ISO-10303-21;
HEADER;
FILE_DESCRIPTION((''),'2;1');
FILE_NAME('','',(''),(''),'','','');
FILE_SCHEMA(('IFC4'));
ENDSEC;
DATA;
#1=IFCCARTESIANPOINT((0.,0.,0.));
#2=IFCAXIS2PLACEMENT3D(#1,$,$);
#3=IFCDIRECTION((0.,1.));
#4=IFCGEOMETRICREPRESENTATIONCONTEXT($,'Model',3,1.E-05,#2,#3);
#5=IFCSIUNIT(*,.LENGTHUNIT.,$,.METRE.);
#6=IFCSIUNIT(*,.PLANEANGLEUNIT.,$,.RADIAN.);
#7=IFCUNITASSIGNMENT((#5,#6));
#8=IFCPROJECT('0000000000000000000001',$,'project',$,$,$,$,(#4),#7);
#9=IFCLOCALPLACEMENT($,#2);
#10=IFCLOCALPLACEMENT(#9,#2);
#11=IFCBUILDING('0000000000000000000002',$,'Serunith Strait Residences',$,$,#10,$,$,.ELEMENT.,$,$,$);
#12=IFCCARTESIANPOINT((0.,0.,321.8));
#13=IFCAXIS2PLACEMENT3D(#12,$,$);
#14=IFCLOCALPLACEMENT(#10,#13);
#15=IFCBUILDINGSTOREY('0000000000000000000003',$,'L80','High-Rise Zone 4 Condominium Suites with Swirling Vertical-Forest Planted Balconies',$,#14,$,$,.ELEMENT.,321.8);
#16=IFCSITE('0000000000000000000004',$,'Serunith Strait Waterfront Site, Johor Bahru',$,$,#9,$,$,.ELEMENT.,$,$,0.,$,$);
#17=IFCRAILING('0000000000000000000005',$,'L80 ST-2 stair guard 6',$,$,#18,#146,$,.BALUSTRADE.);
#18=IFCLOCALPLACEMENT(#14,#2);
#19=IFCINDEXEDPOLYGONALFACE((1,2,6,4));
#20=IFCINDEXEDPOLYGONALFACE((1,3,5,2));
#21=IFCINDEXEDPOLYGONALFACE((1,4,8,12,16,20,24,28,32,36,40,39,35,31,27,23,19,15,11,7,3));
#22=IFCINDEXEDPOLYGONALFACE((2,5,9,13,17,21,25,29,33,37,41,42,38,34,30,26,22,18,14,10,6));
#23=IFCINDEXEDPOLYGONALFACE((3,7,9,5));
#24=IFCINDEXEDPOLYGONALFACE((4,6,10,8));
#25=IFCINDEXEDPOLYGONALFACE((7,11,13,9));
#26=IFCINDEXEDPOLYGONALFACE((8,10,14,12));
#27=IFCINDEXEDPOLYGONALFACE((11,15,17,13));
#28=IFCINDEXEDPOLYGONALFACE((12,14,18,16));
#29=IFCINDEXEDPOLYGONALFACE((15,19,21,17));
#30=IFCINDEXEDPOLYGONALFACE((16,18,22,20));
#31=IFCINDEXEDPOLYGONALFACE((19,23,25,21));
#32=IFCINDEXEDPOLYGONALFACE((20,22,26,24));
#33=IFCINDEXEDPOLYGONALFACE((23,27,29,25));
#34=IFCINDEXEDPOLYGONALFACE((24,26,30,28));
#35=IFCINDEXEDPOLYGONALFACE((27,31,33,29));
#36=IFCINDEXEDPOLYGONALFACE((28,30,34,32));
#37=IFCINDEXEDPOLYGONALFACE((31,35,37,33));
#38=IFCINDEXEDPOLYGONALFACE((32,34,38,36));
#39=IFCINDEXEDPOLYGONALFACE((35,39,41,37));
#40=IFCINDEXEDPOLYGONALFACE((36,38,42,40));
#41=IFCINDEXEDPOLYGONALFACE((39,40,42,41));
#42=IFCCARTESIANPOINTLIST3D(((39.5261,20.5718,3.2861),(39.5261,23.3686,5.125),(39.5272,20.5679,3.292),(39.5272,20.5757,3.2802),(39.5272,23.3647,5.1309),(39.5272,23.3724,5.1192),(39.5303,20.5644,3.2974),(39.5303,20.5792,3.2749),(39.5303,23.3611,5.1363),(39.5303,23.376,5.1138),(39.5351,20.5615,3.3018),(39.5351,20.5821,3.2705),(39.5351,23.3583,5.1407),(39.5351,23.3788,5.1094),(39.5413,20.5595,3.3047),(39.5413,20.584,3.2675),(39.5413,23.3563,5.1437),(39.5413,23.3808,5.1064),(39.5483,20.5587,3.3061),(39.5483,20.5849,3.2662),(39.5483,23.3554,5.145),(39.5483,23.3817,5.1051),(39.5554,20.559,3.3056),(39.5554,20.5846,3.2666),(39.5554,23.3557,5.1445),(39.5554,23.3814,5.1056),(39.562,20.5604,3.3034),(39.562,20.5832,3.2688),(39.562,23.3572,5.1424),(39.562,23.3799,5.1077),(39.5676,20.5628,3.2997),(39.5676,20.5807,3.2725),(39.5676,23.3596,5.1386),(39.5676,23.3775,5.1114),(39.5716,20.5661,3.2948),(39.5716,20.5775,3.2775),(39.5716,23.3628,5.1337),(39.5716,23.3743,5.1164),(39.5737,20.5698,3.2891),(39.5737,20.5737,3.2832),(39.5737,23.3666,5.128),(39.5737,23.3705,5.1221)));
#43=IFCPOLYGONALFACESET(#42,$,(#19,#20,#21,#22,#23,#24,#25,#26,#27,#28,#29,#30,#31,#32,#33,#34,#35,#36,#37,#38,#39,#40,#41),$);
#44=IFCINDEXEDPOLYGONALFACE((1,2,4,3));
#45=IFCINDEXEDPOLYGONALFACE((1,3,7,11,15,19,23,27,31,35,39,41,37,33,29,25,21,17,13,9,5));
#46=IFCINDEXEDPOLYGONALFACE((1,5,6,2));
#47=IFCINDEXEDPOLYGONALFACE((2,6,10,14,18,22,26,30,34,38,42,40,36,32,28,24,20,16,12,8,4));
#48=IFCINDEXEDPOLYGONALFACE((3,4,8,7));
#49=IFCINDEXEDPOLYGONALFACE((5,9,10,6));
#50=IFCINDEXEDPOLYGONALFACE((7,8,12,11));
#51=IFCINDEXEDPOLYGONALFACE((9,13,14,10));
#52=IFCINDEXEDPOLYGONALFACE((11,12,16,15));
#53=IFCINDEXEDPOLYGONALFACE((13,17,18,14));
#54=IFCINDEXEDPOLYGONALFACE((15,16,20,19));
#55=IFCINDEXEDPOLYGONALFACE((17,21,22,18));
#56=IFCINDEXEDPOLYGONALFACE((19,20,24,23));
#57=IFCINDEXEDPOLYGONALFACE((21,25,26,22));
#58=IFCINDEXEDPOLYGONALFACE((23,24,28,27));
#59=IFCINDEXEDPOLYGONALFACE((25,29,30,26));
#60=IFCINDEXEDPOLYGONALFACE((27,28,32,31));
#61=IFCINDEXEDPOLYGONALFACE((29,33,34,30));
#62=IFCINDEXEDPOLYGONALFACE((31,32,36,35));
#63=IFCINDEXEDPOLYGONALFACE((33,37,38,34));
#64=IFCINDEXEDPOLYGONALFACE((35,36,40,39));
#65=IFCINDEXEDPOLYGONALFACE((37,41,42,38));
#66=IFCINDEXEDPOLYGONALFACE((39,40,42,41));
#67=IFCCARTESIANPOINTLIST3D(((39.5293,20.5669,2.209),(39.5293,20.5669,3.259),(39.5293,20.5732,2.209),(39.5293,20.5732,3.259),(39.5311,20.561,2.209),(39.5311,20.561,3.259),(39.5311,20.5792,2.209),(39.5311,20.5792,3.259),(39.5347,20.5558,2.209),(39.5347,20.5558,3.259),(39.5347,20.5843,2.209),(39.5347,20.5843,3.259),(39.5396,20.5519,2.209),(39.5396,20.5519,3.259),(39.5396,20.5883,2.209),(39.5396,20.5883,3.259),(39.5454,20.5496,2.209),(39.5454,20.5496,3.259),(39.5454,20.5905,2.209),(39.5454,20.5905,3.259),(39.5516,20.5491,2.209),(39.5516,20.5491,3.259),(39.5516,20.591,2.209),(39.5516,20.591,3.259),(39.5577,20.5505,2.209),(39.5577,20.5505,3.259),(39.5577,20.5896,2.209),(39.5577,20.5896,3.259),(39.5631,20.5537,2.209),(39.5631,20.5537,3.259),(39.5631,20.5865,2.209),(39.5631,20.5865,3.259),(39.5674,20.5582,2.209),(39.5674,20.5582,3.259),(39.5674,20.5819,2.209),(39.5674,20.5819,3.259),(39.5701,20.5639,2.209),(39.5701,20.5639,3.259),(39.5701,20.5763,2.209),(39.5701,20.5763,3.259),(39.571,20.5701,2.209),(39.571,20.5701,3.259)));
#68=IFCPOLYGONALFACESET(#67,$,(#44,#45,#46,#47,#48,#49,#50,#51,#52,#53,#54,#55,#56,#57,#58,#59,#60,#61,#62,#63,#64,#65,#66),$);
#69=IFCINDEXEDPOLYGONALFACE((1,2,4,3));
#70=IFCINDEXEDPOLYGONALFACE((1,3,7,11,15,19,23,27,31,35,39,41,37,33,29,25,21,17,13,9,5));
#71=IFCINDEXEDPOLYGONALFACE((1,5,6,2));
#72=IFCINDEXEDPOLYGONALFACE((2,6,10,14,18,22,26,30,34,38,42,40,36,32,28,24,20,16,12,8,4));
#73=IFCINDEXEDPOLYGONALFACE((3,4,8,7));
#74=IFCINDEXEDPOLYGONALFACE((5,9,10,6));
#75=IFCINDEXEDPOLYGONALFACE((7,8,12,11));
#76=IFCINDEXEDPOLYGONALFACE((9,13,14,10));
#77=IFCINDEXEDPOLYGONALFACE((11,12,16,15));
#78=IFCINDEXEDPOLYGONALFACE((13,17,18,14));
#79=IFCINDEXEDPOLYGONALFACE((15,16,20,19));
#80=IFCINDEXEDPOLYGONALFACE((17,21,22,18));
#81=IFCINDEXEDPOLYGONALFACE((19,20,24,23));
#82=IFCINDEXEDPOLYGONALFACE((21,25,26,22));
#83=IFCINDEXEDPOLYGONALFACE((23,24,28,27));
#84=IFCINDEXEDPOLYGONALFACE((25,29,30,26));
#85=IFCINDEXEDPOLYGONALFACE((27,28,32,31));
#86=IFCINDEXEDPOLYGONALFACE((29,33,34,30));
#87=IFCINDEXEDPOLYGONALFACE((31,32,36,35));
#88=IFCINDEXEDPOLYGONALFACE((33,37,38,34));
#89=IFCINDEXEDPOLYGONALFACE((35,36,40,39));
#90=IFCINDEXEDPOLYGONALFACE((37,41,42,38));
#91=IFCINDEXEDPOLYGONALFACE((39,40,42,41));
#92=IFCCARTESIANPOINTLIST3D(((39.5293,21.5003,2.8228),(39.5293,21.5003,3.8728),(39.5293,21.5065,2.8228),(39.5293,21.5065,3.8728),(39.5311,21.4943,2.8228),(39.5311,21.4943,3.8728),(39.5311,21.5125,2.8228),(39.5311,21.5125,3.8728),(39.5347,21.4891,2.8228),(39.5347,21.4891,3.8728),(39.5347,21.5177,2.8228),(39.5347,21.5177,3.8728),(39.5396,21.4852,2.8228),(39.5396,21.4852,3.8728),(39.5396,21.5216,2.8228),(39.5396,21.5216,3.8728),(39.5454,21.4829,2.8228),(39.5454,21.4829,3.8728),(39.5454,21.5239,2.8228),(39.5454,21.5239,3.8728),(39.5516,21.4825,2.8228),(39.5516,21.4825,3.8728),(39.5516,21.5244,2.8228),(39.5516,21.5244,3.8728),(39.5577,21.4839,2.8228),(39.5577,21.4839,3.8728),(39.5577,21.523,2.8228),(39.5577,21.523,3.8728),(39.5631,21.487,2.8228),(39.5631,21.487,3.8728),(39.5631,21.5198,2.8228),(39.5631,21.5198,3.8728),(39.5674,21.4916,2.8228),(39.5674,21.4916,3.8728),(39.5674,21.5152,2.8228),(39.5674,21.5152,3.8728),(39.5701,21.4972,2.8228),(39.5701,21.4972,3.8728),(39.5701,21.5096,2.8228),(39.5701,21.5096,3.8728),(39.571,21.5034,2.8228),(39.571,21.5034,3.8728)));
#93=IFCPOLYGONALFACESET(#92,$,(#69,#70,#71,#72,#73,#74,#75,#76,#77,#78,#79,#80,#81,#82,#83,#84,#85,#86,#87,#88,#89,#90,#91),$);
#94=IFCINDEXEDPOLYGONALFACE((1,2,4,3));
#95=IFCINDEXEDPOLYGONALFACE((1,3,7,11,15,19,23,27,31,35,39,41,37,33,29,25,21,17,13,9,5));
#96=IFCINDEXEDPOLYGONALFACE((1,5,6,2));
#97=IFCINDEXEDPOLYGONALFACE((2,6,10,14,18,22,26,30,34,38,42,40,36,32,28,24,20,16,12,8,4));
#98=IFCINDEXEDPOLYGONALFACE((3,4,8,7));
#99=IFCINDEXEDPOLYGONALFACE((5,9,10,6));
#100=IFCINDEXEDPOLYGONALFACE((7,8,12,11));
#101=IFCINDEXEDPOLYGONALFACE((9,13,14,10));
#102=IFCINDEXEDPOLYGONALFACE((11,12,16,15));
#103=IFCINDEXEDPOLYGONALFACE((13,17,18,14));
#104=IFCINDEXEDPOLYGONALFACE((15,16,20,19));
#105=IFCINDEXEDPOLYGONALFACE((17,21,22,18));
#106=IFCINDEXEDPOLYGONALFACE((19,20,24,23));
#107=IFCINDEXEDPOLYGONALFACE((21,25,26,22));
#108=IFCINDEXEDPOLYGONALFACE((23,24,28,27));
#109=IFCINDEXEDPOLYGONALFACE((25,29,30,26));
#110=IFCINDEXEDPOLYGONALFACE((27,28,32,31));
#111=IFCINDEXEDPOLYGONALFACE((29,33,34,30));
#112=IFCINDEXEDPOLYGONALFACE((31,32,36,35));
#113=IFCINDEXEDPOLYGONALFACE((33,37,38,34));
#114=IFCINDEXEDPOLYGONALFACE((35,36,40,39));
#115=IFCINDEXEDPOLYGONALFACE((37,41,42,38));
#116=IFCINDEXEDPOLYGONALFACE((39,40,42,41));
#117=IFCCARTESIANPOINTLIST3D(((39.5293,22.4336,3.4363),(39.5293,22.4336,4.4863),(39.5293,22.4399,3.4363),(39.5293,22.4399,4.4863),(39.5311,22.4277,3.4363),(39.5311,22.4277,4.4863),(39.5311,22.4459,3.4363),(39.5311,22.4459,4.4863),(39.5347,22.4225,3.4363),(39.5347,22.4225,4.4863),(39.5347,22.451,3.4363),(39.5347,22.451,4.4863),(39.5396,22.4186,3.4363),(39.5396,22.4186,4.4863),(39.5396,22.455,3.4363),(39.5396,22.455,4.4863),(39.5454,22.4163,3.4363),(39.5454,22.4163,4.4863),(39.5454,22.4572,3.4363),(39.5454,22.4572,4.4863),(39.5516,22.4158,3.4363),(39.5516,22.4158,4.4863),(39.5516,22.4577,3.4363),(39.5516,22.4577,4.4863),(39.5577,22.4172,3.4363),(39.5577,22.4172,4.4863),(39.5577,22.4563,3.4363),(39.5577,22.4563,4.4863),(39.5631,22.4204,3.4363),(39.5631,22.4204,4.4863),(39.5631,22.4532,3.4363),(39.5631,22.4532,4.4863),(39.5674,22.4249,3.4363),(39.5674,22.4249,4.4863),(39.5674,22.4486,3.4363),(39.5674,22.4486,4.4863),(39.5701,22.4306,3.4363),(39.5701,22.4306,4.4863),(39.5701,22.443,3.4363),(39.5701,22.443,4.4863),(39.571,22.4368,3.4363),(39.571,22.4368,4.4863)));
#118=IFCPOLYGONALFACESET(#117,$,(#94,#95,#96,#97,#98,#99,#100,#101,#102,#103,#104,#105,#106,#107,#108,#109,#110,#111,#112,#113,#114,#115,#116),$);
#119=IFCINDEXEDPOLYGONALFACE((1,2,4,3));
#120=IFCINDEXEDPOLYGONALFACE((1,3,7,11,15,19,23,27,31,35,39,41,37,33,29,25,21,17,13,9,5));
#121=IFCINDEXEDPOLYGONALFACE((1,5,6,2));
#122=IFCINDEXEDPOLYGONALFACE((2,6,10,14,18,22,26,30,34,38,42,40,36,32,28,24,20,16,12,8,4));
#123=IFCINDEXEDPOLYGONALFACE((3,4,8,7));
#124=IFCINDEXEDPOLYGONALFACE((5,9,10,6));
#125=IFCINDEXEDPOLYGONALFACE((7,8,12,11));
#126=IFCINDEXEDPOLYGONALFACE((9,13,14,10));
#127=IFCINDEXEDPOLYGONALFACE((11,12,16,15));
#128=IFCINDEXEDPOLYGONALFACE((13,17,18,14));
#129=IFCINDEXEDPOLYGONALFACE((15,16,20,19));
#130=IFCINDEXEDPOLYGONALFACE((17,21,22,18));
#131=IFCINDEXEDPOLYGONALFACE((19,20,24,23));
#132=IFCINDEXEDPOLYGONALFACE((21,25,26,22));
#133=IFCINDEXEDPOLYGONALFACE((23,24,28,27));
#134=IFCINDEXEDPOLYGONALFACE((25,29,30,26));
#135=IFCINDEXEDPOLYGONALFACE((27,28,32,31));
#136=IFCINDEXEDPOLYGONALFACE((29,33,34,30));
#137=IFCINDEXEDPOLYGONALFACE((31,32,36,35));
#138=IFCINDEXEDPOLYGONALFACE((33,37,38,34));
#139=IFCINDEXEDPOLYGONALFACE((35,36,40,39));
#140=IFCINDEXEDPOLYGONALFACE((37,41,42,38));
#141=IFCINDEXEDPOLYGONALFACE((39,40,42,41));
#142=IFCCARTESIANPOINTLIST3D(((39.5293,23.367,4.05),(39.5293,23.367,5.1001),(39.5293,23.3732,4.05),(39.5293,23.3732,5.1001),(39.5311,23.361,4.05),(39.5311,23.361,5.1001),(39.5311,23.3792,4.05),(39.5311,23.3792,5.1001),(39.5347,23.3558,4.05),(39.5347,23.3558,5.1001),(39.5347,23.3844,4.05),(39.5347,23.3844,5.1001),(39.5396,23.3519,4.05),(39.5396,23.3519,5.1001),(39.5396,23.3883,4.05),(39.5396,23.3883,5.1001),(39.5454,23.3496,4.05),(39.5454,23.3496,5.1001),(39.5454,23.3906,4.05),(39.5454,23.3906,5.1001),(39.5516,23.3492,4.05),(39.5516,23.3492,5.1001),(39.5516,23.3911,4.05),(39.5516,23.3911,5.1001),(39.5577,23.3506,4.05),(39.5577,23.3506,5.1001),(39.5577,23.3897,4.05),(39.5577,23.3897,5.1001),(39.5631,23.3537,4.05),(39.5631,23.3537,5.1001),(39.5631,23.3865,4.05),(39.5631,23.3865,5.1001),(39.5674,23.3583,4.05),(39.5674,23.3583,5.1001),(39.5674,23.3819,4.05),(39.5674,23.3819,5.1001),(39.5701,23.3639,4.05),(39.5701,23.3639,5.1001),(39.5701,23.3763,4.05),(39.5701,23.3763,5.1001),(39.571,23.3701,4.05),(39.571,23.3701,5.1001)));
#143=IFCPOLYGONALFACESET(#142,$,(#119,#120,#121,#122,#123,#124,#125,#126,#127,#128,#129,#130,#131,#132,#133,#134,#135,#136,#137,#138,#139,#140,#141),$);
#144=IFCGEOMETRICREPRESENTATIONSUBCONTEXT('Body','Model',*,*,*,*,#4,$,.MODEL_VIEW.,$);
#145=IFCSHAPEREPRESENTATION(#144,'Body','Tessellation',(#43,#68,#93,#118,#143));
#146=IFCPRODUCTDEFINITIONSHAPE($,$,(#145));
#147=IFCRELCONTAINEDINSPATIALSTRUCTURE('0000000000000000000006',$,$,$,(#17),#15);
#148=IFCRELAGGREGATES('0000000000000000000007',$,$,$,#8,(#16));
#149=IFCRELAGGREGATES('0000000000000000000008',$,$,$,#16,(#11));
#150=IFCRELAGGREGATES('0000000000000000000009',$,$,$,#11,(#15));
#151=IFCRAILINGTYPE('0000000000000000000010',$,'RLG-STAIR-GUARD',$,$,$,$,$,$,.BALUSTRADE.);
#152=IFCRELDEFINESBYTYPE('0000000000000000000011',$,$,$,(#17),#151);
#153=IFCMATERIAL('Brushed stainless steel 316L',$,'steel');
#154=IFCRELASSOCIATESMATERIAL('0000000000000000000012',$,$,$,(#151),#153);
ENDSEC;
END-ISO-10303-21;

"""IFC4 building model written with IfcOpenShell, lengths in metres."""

from ifc_helpers import new_model, si_unit, direction, frame, origin, origin_2d, place, context, subcontext, project, spatial, circle, extrude, material, type_object, element, save


model = new_model("IFC4")

# Units and contexts
model_context = context("Model", 3, precision=1e-05, world=origin(), true_north=direction((0.0, 1.0)))
body_context = subcontext(model_context, "Body", "Model", "MODEL_VIEW")
ifc_project = project(units=[si_unit("LENGTHUNIT", "METRE"), si_unit("PLANEANGLEUNIT", "RADIAN")], contexts=[model_context])

# Site, building, storey
site_placement = place(None, origin())
site = spatial("IfcSite", under=ifc_project, at=site_placement, Name="Serunith Strait Waterfront Site, Johor Bahru", CompositionType="ELEMENT", RefElevation=0.0)
building_placement = place(site_placement, origin())
building = spatial("IfcBuilding", under=site, at=building_placement, Name="Serunith Strait Residences", CompositionType="ELEMENT")
storey_placement = place(building_placement, frame((0.0, 0.0, 321.8)))
storey = spatial("IfcBuildingStorey", under=building, at=storey_placement, Name="L80", Description="High-Rise Zone 4 Condominium Suites with Swirling Vertical-Forest Planted Balconies", CompositionType="ELEMENT", Elevation=321.8)

# Railing
ifc_material_1 = material(Name="Brushed stainless steel 316L", Category="steel")
railing_type_1 = type_object("IfcRailingType", Name="RLG-STAIR-GUARD", PredefinedType="BALUSTRADE", material=ifc_material_1)
railing_1_placement = place(storey_placement, frame((39.55, 20.5701, 2.209)))
element("IfcRailing", 1, at=railing_1_placement, inside=storey, type_object=railing_type_1, Name="L80 ST-2 stair guard 6", PredefinedType="BALUSTRADE", context=body_context, shape_type="SweptSolid", body=[
    extrude(circle(Radius=0.0239, at=origin_2d()), frame((0.0, 0.0017, 1.0771), z_axis=(0.0, 0.835564, 0.549393), x_axis=(-1.0, 0.0, 0.0)), (0.0, 0.0, 1.0), 3.3472),
    extrude(circle(Radius=0.021, at=origin_2d()), origin(), (0.0, 0.0, 1.0), 1.05),
    extrude(circle(Radius=0.021, at=origin_2d()), frame((0.0, 0.9333, 0.6138)), (0.0, 0.0, 1.0), 1.05),
    extrude(circle(Radius=0.021, at=origin_2d()), frame((0.0, 1.8667, 1.2273)), (0.0, 0.0, 1.0), 1.05),
    extrude(circle(Radius=0.021, at=origin_2d()), frame((0.0, 2.8, 1.8411)), (0.0, 0.0, 1.0), 1.05),
])

save(model, "model.ifc")
